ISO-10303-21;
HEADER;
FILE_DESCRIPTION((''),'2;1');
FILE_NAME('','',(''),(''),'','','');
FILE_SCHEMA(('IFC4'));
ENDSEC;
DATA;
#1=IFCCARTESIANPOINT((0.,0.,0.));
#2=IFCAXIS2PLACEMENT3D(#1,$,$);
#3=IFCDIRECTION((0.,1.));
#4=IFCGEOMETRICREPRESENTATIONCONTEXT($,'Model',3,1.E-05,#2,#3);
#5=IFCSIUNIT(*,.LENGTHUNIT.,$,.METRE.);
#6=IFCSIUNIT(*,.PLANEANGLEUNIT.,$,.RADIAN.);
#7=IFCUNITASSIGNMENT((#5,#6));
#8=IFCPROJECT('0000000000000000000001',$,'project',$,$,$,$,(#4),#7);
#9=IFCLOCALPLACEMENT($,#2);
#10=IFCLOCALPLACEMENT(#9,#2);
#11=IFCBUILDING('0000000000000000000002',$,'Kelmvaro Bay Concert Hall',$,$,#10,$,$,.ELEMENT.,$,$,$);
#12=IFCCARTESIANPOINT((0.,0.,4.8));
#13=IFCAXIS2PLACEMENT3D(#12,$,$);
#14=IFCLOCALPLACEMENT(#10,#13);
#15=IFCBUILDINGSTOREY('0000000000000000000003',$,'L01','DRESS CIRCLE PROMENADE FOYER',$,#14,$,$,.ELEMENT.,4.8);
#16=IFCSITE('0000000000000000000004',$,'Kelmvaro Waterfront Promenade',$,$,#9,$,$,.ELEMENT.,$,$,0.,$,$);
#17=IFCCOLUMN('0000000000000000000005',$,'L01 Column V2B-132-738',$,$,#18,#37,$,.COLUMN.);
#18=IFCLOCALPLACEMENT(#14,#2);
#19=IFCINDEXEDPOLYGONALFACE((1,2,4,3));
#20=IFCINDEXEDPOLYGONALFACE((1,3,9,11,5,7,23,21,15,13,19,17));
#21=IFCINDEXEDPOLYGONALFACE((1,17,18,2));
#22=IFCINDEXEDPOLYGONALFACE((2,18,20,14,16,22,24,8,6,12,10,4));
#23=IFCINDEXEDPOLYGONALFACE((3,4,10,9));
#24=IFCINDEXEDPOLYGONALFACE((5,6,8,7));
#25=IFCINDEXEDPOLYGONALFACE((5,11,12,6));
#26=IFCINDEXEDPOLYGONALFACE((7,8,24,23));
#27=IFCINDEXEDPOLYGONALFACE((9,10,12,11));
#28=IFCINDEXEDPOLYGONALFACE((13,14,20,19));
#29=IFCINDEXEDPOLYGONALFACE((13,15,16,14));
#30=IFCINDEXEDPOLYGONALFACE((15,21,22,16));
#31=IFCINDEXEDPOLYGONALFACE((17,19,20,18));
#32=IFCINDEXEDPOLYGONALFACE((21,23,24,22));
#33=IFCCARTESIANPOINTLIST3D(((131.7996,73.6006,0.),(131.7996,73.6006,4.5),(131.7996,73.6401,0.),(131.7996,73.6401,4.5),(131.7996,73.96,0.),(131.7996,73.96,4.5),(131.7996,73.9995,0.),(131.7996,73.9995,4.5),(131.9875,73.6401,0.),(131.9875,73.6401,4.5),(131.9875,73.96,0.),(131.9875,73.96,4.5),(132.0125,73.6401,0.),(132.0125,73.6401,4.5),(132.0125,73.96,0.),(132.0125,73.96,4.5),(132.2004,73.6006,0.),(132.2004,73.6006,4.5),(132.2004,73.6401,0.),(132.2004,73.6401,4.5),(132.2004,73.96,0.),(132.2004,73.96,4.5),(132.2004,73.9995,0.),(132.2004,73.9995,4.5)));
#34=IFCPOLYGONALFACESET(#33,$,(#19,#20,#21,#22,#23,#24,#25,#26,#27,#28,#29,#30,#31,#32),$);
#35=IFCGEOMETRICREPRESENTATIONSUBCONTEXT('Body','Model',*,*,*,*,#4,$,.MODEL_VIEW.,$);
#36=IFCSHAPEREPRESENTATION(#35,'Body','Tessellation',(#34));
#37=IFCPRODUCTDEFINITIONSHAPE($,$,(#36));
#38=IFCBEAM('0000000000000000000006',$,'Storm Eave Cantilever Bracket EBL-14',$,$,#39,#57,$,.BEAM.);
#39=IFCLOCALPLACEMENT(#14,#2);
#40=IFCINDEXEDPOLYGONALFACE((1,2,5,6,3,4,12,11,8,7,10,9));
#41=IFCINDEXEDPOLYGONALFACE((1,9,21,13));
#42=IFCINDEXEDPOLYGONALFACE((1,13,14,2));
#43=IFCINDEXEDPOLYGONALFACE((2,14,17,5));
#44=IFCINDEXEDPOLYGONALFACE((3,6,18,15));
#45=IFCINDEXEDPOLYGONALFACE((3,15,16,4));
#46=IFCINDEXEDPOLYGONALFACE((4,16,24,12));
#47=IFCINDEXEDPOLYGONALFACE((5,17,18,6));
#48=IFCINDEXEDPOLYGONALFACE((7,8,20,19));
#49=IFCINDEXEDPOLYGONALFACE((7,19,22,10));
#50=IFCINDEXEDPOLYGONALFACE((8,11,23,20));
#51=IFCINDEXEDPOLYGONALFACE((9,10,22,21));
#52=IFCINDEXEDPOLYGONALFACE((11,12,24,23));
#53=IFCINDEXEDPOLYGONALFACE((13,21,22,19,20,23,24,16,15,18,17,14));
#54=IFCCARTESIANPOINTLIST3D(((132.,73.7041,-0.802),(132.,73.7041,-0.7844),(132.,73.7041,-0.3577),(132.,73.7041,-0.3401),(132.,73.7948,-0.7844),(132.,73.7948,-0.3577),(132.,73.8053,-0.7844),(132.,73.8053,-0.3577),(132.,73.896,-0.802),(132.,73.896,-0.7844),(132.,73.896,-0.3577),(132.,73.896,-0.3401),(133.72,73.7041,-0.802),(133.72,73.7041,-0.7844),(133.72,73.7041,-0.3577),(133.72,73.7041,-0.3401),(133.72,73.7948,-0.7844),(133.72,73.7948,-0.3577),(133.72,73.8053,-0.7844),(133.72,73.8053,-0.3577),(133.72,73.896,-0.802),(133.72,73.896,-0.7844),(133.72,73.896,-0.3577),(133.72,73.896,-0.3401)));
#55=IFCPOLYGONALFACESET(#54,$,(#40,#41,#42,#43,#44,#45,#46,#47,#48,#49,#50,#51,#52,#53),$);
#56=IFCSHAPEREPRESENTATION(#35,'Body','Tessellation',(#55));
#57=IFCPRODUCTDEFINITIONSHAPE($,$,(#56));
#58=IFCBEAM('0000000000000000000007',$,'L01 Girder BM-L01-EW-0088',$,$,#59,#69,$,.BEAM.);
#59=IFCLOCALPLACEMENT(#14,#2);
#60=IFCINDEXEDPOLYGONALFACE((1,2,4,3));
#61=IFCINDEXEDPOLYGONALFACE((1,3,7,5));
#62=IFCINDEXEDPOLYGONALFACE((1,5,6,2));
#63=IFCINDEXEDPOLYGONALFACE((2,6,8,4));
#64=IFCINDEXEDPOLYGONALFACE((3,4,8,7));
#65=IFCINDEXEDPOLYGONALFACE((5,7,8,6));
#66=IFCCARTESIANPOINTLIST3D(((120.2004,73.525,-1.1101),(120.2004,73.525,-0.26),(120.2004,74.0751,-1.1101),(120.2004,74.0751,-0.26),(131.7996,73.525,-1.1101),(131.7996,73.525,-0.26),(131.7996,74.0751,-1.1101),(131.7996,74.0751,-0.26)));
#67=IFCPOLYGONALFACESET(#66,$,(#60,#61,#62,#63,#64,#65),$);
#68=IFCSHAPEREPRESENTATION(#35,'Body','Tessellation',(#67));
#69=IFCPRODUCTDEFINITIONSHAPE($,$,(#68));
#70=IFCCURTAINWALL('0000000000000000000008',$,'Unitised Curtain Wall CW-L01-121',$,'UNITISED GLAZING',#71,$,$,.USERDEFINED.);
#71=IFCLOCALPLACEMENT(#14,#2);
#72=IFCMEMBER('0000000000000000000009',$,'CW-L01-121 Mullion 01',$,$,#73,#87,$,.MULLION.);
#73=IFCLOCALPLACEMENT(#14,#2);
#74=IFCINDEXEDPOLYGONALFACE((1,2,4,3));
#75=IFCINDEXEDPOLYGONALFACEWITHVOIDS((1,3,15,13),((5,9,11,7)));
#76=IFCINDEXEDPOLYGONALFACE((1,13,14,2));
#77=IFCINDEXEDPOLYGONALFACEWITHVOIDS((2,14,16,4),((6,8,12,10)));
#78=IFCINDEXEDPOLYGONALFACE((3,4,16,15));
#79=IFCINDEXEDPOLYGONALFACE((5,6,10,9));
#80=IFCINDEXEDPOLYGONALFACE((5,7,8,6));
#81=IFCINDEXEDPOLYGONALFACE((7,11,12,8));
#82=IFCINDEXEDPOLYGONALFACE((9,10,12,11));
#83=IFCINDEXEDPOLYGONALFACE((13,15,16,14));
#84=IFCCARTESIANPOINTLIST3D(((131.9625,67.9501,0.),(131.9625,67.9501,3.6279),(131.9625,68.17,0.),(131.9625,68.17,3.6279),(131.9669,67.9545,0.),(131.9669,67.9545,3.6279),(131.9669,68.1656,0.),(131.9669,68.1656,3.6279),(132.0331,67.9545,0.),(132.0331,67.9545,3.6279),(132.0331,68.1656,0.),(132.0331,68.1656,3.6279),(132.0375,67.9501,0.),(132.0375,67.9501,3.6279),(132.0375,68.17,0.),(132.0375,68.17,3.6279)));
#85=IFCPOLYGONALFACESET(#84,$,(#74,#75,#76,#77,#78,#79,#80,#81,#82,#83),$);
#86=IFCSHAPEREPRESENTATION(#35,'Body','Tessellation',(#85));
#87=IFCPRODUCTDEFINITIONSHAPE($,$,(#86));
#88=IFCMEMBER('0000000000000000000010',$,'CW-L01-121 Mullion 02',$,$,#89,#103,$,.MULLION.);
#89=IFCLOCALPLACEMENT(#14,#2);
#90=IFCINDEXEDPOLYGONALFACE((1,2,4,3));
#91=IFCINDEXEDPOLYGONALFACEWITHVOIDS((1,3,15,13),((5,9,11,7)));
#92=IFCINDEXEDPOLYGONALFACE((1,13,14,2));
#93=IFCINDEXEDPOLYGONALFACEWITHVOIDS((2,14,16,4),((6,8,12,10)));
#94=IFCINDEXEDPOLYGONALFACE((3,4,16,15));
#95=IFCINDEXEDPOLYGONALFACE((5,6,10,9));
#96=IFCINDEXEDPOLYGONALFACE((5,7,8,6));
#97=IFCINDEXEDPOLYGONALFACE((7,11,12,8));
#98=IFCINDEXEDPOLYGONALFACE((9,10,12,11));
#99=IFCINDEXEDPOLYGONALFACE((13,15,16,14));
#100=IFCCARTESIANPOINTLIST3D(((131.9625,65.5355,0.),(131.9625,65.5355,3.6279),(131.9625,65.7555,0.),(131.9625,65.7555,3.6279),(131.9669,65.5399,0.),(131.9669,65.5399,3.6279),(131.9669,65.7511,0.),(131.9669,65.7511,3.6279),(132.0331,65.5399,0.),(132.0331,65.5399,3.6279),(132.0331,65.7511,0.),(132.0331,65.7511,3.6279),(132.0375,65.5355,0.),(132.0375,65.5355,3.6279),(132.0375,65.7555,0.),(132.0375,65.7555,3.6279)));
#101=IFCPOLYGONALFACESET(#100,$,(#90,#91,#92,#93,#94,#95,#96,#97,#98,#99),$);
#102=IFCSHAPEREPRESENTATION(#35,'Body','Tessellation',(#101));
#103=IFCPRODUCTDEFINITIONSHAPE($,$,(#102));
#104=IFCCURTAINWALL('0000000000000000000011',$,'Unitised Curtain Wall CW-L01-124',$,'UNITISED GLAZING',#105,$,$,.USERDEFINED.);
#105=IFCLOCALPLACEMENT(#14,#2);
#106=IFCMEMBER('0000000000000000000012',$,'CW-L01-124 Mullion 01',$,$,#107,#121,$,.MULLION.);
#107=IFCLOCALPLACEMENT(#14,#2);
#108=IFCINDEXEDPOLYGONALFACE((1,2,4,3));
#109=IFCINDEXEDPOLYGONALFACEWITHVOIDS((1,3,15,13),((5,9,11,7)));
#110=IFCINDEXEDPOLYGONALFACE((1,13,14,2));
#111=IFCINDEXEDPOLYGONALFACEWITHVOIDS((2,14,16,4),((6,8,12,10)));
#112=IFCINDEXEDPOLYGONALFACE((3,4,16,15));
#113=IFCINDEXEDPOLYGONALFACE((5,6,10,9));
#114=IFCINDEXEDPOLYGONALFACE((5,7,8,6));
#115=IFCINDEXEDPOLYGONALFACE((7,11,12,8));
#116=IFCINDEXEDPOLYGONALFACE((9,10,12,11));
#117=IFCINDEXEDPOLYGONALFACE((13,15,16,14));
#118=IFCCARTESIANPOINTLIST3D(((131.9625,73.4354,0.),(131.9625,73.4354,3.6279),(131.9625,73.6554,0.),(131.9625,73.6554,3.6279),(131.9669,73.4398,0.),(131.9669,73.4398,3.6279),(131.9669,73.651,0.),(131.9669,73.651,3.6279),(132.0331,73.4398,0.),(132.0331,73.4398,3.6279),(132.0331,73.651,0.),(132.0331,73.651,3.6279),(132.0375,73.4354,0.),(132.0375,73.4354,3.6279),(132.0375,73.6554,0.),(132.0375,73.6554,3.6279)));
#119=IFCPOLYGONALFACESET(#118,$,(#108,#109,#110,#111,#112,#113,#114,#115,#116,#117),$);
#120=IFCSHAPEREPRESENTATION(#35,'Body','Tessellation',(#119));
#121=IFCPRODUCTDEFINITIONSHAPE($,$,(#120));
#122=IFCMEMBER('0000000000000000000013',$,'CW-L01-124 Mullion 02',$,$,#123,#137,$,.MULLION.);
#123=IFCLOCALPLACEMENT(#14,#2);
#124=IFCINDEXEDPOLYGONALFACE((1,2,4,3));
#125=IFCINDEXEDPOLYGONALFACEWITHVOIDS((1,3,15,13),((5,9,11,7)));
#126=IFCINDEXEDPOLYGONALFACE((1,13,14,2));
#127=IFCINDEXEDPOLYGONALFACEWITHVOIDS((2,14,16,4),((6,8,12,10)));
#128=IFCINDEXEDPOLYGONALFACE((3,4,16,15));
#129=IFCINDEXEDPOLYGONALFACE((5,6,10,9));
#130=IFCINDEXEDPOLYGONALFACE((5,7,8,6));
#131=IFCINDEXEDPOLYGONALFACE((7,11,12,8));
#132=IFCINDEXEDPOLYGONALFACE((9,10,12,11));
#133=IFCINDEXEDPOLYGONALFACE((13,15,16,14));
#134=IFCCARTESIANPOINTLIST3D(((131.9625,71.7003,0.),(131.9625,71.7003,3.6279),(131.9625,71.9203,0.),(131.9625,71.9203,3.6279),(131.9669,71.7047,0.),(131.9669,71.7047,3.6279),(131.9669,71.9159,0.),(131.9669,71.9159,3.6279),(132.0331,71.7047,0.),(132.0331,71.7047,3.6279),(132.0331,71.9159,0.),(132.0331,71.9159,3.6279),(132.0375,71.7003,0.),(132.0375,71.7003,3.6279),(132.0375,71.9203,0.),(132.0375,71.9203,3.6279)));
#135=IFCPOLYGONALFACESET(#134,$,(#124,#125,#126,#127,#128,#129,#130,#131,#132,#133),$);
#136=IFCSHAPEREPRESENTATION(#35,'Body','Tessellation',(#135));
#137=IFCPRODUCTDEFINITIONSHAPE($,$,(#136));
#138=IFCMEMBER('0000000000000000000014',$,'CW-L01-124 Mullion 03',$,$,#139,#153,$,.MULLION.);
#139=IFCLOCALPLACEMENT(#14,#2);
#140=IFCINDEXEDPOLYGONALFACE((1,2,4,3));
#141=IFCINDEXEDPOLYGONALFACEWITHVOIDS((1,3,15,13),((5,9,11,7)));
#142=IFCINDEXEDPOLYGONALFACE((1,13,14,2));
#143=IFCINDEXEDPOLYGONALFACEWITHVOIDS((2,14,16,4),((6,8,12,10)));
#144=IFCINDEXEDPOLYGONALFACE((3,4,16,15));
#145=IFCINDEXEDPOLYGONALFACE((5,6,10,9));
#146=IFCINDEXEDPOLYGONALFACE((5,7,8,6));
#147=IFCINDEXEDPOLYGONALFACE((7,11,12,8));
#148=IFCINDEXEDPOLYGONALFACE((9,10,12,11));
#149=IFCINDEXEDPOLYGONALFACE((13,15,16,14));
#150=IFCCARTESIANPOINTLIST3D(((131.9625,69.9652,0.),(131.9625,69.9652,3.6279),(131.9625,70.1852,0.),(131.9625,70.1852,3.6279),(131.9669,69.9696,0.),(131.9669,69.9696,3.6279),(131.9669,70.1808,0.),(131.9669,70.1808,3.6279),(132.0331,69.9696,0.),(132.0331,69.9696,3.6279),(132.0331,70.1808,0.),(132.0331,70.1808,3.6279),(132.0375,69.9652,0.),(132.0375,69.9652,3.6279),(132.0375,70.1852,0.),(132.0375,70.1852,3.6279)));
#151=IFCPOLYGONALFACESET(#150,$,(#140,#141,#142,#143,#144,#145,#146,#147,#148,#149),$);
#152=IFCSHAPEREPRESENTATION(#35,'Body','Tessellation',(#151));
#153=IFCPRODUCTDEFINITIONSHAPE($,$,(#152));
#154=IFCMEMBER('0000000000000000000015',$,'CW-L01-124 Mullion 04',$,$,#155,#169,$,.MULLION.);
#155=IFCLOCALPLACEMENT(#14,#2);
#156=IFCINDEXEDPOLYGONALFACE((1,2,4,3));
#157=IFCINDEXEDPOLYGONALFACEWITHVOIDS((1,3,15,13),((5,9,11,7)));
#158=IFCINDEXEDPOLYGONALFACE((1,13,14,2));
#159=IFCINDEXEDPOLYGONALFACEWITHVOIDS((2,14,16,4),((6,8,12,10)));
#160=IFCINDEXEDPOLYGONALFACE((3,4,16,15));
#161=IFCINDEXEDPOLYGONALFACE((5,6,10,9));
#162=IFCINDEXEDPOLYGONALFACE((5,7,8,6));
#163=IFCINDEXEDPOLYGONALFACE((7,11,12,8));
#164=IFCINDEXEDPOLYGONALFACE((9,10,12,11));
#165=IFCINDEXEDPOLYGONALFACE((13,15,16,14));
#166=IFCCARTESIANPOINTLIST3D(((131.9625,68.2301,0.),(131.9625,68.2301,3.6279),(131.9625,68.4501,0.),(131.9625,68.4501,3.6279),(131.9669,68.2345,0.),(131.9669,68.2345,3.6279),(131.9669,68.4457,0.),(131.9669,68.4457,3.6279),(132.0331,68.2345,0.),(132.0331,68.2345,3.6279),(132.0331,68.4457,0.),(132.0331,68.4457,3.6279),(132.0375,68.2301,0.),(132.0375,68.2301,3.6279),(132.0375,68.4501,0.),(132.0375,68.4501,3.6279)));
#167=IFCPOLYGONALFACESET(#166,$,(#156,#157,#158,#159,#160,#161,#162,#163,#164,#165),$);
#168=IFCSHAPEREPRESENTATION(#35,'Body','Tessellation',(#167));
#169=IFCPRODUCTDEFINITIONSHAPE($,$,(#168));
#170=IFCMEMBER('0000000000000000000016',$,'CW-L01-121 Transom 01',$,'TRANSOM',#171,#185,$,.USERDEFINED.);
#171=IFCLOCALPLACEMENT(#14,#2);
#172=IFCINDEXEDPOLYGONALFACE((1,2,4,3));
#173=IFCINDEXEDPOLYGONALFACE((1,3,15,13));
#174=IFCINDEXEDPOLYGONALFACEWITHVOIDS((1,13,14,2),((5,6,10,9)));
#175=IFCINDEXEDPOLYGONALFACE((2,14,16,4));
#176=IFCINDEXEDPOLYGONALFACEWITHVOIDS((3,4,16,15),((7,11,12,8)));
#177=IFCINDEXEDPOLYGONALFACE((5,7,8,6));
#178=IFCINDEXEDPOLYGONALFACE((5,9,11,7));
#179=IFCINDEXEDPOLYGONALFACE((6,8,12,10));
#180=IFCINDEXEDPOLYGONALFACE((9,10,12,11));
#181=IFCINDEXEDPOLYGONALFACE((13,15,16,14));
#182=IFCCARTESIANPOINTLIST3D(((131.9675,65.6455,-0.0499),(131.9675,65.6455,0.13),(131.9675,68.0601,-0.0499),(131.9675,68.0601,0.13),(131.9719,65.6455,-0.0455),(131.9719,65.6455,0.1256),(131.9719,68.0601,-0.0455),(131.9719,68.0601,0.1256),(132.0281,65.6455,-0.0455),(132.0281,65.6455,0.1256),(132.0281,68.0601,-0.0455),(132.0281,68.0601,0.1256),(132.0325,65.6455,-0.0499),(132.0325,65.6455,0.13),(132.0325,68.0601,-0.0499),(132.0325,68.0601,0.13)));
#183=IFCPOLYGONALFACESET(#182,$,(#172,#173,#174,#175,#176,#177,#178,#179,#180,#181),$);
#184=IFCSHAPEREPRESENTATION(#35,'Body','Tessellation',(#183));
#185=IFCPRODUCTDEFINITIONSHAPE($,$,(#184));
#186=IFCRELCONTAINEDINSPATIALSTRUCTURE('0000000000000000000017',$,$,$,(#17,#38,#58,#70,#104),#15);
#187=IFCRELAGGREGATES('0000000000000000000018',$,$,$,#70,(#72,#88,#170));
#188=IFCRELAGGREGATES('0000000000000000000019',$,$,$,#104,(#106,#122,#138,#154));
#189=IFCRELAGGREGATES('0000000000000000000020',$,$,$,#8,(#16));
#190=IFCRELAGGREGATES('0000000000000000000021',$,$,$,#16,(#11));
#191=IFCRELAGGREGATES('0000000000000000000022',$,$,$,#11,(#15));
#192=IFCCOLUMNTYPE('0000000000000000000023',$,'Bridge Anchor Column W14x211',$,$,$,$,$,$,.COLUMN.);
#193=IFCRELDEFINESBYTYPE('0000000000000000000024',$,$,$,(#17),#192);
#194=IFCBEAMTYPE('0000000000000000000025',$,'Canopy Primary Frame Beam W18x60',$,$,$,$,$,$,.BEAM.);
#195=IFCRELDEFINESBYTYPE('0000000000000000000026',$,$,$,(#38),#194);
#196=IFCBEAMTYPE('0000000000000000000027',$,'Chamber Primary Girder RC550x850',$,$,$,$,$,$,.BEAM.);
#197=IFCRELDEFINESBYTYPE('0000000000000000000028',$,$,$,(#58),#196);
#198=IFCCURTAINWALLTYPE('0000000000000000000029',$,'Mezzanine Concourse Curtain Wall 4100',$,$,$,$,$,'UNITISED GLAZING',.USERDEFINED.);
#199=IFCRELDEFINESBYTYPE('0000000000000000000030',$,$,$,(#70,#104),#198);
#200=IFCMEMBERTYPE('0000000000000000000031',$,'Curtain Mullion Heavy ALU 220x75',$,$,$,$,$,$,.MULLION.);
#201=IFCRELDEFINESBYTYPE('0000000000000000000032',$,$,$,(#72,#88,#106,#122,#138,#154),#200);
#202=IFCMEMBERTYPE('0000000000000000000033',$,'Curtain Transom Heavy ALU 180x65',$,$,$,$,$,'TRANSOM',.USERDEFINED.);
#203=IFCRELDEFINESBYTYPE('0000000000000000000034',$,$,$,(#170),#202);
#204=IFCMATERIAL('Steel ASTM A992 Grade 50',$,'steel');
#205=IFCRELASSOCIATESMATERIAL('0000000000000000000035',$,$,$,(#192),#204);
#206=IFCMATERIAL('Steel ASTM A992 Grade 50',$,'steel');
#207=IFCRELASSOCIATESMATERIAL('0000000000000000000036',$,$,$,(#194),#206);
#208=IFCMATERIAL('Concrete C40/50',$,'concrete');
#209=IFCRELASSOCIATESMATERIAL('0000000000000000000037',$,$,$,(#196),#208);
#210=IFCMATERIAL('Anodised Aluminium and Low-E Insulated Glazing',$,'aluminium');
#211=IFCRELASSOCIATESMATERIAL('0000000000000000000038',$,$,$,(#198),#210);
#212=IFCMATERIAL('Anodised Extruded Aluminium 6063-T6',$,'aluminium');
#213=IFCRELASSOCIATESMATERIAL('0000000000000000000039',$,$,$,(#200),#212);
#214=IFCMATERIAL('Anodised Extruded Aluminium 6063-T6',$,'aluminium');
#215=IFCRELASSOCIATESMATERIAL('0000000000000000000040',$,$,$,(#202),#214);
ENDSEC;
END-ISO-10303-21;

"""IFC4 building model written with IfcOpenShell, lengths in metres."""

from ifc_helpers import new_model, si_unit, direction, frame, origin, origin_2d, place, context, subcontext, project, spatial, rectangle, hollow_rectangle, i_section, extrude, material, material_profile, profile_set, type_object, element, aggregate, save


model = new_model("IFC4")

# Units and contexts
model_context = context("Model", 3, precision=1e-05, world=origin(), true_north=direction((0.0, 1.0)))
body_context = subcontext(model_context, "Body", "Model", "MODEL_VIEW")
ifc_project = project(units=[si_unit("LENGTHUNIT", "METRE"), si_unit("PLANEANGLEUNIT", "RADIAN")], contexts=[model_context])

# Site, building, storey
site_placement = place(None, origin())
site = spatial("IfcSite", under=ifc_project, at=site_placement, Name="Kelmvaro Waterfront Promenade", CompositionType="ELEMENT", RefElevation=0.0)
building_placement = place(site_placement, origin())
building = spatial("IfcBuilding", under=site, at=building_placement, Name="Kelmvaro Bay Concert Hall", CompositionType="ELEMENT")
storey_placement = place(building_placement, frame((0.0, 0.0, 4.8)))
storey = spatial("IfcBuildingStorey", under=building, at=storey_placement, Name="L01", Description="DRESS CIRCLE PROMENADE FOYER", CompositionType="ELEMENT", Elevation=4.8)

# Column
ifc_material_1 = material(Name="Steel ASTM A992 Grade 50", Category="steel")
ifc_material_profile_1 = material_profile(ifc_material_1, i_section(OverallWidth=0.4009, OverallDepth=0.3989, WebThickness=0.0249, FlangeThickness=0.0396, at=origin_2d()), Name="W14X211")
ifc_profile_set_1 = profile_set([ifc_material_profile_1], Name="Steel ASTM A992 Grade 50")
column_type = type_object("IfcColumnType", Name="Bridge Anchor Column W14x211", PredefinedType="COLUMN", material=ifc_profile_set_1)
column_placement = place(storey_placement, frame((132.0, 73.8, 0.0), z_axis=(0.0, 0.0, 1.0), x_axis=(1.0, 0.0, 0.0)))
element("IfcColumn", 1, at=column_placement, inside=storey, type_object=column_type, Name="L01 Column V2B-132-738", PredefinedType="COLUMN", context=body_context, shape_type="SweptSolid", body=[
    extrude(i_section(OverallWidth=0.4009, OverallDepth=0.3989, WebThickness=0.0249, FlangeThickness=0.0396, at=origin_2d()), origin(), (0.0, 0.0, 1.0), 4.5),
])

# Beams
ifc_material_2 = material(Name="Steel ASTM A992 Grade 50", Category="steel")
ifc_material_profile_2 = material_profile(ifc_material_2, i_section(OverallWidth=0.1919, OverallDepth=0.4619, WebThickness=0.0105, FlangeThickness=0.0176, at=origin_2d()), Name="W18X60")
ifc_profile_set_2 = profile_set([ifc_material_profile_2], Name="Steel ASTM A992 Grade 50")
beam_type_1 = type_object("IfcBeamType", Name="Canopy Primary Frame Beam W18x60", PredefinedType="BEAM", material=ifc_profile_set_2)
beam_1_placement = place(storey_placement, frame((132.0, 73.8, -0.571), z_axis=(1.0, 0.0, 0.0), x_axis=(0.0, 1.0, 0.0)))
element("IfcBeam", 2, at=beam_1_placement, inside=storey, type_object=beam_type_1, Name="Storm Eave Cantilever Bracket EBL-14", PredefinedType="BEAM", context=body_context, shape_type="SweptSolid", body=[
    extrude(i_section(OverallWidth=0.1919, OverallDepth=0.4619, WebThickness=0.0105, FlangeThickness=0.0176, at=origin_2d()), origin(), (0.0, 0.0, 1.0), 1.72),
])
ifc_material_3 = material(Name="Concrete C40/50", Category="concrete")
ifc_material_profile_3 = material_profile(ifc_material_3, rectangle(XDim=0.55, YDim=0.8501, at=origin_2d()), Name="RC-BM-550X850")
ifc_profile_set_3 = profile_set([ifc_material_profile_3], Name="Concrete C40/50")
beam_type_2 = type_object("IfcBeamType", Name="Chamber Primary Girder RC550x850", PredefinedType="BEAM", material=ifc_profile_set_3)
beam_2_placement = place(storey_placement, frame((120.2004, 73.8, -0.6851), z_axis=(1.0, 0.0, 0.0), x_axis=(0.0, 1.0, 0.0)))
element("IfcBeam", 3, at=beam_2_placement, inside=storey, type_object=beam_type_2, Name="L01 Girder BM-L01-EW-0088", PredefinedType="BEAM", context=body_context, shape_type="SweptSolid", body=[
    extrude(rectangle(XDim=0.55, YDim=0.8501, at=origin_2d()), origin(), (0.0, 0.0, 1.0), 11.5991),
])

# Curtain walls, members
ifc_material_4 = material(Name="Anodised Aluminium and Low-E Insulated Glazing", Category="aluminium")
curtain_wall_type = type_object("IfcCurtainWallType", Name="Mezzanine Concourse Curtain Wall 4100", ElementType="UNITISED GLAZING", PredefinedType="USERDEFINED", material=ifc_material_4)
curtain_wall_1_placement = place(storey_placement, origin())
curtain_wall_1 = element("IfcCurtainWall", 4, at=curtain_wall_1_placement, inside=storey, type_object=curtain_wall_type, Name="Unitised Curtain Wall CW-L01-121", ObjectType="UNITISED GLAZING", PredefinedType="USERDEFINED")
ifc_material_5 = material(Name="Anodised Extruded Aluminium 6063-T6", Category="aluminium")
ifc_material_profile_4 = material_profile(ifc_material_5, hollow_rectangle(XDim=0.075, YDim=0.22, WallThickness=0.0044, at=origin_2d()), Name="ALU-MUL-220X75")
ifc_profile_set_4 = profile_set([ifc_material_profile_4], Name="Anodised Extruded Aluminium 6063-T6")
member_type_1 = type_object("IfcMemberType", Name="Curtain Mullion Heavy ALU 220x75", PredefinedType="MULLION", material=ifc_profile_set_4)
member_1_placement = place(storey_placement, frame((132.0, 68.0601, 0.0), z_axis=(0.0, 0.0, 1.0), x_axis=(1.0, 0.0, 0.0)))
member_1 = element("IfcMember", 5, at=member_1_placement, type_object=member_type_1, Name="CW-L01-121 Mullion 01", PredefinedType="MULLION", context=body_context, shape_type="SweptSolid", body=[
    extrude(hollow_rectangle(XDim=0.075, YDim=0.22, WallThickness=0.0044, at=origin_2d()), origin(), (0.0, 0.0, 1.0), 3.6279),
])
member_2_placement = place(storey_placement, frame((132.0, 65.6455, 0.0), z_axis=(0.0, 0.0, 1.0), x_axis=(1.0, 0.0, 0.0)))
member_2 = element("IfcMember", 6, at=member_2_placement, type_object=member_type_1, Name="CW-L01-121 Mullion 02", PredefinedType="MULLION", context=body_context, shape_type="SweptSolid", body=[
    extrude(hollow_rectangle(XDim=0.075, YDim=0.22, WallThickness=0.0044, at=origin_2d()), origin(), (0.0, 0.0, 1.0), 3.6279),
])
curtain_wall_2_placement = place(storey_placement, origin())
curtain_wall_2 = element("IfcCurtainWall", 7, at=curtain_wall_2_placement, inside=storey, type_object=curtain_wall_type, Name="Unitised Curtain Wall CW-L01-124", ObjectType="UNITISED GLAZING", PredefinedType="USERDEFINED")
member_3_placement = place(storey_placement, frame((132.0, 73.5454, 0.0), z_axis=(0.0, 0.0, 1.0), x_axis=(1.0, 0.0, 0.0)))
member_3 = element("IfcMember", 8, at=member_3_placement, type_object=member_type_1, Name="CW-L01-124 Mullion 01", PredefinedType="MULLION", context=body_context, shape_type="SweptSolid", body=[
    extrude(hollow_rectangle(XDim=0.075, YDim=0.22, WallThickness=0.0044, at=origin_2d()), origin(), (0.0, 0.0, 1.0), 3.6279),
])
member_4_placement = place(storey_placement, frame((132.0, 71.8103, 0.0), z_axis=(0.0, 0.0, 1.0), x_axis=(1.0, 0.0, 0.0)))
member_4 = element("IfcMember", 9, at=member_4_placement, type_object=member_type_1, Name="CW-L01-124 Mullion 02", PredefinedType="MULLION", context=body_context, shape_type="SweptSolid", body=[
    extrude(hollow_rectangle(XDim=0.075, YDim=0.22, WallThickness=0.0044, at=origin_2d()), origin(), (0.0, 0.0, 1.0), 3.6279),
])
member_5_placement = place(storey_placement, frame((132.0, 70.0752, 0.0), z_axis=(0.0, 0.0, 1.0), x_axis=(1.0, 0.0, 0.0)))
member_5 = element("IfcMember", 10, at=member_5_placement, type_object=member_type_1, Name="CW-L01-124 Mullion 03", PredefinedType="MULLION", context=body_context, shape_type="SweptSolid", body=[
    extrude(hollow_rectangle(XDim=0.075, YDim=0.22, WallThickness=0.0044, at=origin_2d()), origin(), (0.0, 0.0, 1.0), 3.6279),
])
member_6_placement = place(storey_placement, frame((132.0, 68.3401, 0.0), z_axis=(0.0, 0.0, 1.0), x_axis=(1.0, 0.0, 0.0)))
member_6 = element("IfcMember", 11, at=member_6_placement, type_object=member_type_1, Name="CW-L01-124 Mullion 04", PredefinedType="MULLION", context=body_context, shape_type="SweptSolid", body=[
    extrude(hollow_rectangle(XDim=0.075, YDim=0.22, WallThickness=0.0044, at=origin_2d()), origin(), (0.0, 0.0, 1.0), 3.6279),
])

# Member
ifc_material_6 = material(Name="Anodised Extruded Aluminium 6063-T6", Category="aluminium")
ifc_material_profile_5 = material_profile(ifc_material_6, hollow_rectangle(XDim=0.0649, YDim=0.1799, WallThickness=0.0044, at=origin_2d()), Name="ALU-TRN-180X65")
ifc_profile_set_5 = profile_set([ifc_material_profile_5], Name="Anodised Extruded Aluminium 6063-T6")
member_type_2 = type_object("IfcMemberType", Name="Curtain Transom Heavy ALU 180x65", ElementType="TRANSOM", PredefinedType="USERDEFINED", material=ifc_profile_set_5)
member_7_placement = place(storey_placement, frame((132.0, 68.0601, 0.04), z_axis=(0.0, -1.0, 0.0), x_axis=(1.0, 0.0, 0.0)))
member_7 = element("IfcMember", 12, at=member_7_placement, type_object=member_type_2, Name="CW-L01-121 Transom 01", ObjectType="TRANSOM", PredefinedType="USERDEFINED", context=body_context, shape_type="SweptSolid", body=[
    extrude(hollow_rectangle(XDim=0.0649, YDim=0.1799, WallThickness=0.0044, at=origin_2d()), origin(), (0.0, 0.0, 1.0), 2.4146),
])

aggregate(curtain_wall_1, [member_1, member_2, member_7])
aggregate(curtain_wall_2, [member_3, member_4, member_5, member_6])

save(model, "model.ifc")
